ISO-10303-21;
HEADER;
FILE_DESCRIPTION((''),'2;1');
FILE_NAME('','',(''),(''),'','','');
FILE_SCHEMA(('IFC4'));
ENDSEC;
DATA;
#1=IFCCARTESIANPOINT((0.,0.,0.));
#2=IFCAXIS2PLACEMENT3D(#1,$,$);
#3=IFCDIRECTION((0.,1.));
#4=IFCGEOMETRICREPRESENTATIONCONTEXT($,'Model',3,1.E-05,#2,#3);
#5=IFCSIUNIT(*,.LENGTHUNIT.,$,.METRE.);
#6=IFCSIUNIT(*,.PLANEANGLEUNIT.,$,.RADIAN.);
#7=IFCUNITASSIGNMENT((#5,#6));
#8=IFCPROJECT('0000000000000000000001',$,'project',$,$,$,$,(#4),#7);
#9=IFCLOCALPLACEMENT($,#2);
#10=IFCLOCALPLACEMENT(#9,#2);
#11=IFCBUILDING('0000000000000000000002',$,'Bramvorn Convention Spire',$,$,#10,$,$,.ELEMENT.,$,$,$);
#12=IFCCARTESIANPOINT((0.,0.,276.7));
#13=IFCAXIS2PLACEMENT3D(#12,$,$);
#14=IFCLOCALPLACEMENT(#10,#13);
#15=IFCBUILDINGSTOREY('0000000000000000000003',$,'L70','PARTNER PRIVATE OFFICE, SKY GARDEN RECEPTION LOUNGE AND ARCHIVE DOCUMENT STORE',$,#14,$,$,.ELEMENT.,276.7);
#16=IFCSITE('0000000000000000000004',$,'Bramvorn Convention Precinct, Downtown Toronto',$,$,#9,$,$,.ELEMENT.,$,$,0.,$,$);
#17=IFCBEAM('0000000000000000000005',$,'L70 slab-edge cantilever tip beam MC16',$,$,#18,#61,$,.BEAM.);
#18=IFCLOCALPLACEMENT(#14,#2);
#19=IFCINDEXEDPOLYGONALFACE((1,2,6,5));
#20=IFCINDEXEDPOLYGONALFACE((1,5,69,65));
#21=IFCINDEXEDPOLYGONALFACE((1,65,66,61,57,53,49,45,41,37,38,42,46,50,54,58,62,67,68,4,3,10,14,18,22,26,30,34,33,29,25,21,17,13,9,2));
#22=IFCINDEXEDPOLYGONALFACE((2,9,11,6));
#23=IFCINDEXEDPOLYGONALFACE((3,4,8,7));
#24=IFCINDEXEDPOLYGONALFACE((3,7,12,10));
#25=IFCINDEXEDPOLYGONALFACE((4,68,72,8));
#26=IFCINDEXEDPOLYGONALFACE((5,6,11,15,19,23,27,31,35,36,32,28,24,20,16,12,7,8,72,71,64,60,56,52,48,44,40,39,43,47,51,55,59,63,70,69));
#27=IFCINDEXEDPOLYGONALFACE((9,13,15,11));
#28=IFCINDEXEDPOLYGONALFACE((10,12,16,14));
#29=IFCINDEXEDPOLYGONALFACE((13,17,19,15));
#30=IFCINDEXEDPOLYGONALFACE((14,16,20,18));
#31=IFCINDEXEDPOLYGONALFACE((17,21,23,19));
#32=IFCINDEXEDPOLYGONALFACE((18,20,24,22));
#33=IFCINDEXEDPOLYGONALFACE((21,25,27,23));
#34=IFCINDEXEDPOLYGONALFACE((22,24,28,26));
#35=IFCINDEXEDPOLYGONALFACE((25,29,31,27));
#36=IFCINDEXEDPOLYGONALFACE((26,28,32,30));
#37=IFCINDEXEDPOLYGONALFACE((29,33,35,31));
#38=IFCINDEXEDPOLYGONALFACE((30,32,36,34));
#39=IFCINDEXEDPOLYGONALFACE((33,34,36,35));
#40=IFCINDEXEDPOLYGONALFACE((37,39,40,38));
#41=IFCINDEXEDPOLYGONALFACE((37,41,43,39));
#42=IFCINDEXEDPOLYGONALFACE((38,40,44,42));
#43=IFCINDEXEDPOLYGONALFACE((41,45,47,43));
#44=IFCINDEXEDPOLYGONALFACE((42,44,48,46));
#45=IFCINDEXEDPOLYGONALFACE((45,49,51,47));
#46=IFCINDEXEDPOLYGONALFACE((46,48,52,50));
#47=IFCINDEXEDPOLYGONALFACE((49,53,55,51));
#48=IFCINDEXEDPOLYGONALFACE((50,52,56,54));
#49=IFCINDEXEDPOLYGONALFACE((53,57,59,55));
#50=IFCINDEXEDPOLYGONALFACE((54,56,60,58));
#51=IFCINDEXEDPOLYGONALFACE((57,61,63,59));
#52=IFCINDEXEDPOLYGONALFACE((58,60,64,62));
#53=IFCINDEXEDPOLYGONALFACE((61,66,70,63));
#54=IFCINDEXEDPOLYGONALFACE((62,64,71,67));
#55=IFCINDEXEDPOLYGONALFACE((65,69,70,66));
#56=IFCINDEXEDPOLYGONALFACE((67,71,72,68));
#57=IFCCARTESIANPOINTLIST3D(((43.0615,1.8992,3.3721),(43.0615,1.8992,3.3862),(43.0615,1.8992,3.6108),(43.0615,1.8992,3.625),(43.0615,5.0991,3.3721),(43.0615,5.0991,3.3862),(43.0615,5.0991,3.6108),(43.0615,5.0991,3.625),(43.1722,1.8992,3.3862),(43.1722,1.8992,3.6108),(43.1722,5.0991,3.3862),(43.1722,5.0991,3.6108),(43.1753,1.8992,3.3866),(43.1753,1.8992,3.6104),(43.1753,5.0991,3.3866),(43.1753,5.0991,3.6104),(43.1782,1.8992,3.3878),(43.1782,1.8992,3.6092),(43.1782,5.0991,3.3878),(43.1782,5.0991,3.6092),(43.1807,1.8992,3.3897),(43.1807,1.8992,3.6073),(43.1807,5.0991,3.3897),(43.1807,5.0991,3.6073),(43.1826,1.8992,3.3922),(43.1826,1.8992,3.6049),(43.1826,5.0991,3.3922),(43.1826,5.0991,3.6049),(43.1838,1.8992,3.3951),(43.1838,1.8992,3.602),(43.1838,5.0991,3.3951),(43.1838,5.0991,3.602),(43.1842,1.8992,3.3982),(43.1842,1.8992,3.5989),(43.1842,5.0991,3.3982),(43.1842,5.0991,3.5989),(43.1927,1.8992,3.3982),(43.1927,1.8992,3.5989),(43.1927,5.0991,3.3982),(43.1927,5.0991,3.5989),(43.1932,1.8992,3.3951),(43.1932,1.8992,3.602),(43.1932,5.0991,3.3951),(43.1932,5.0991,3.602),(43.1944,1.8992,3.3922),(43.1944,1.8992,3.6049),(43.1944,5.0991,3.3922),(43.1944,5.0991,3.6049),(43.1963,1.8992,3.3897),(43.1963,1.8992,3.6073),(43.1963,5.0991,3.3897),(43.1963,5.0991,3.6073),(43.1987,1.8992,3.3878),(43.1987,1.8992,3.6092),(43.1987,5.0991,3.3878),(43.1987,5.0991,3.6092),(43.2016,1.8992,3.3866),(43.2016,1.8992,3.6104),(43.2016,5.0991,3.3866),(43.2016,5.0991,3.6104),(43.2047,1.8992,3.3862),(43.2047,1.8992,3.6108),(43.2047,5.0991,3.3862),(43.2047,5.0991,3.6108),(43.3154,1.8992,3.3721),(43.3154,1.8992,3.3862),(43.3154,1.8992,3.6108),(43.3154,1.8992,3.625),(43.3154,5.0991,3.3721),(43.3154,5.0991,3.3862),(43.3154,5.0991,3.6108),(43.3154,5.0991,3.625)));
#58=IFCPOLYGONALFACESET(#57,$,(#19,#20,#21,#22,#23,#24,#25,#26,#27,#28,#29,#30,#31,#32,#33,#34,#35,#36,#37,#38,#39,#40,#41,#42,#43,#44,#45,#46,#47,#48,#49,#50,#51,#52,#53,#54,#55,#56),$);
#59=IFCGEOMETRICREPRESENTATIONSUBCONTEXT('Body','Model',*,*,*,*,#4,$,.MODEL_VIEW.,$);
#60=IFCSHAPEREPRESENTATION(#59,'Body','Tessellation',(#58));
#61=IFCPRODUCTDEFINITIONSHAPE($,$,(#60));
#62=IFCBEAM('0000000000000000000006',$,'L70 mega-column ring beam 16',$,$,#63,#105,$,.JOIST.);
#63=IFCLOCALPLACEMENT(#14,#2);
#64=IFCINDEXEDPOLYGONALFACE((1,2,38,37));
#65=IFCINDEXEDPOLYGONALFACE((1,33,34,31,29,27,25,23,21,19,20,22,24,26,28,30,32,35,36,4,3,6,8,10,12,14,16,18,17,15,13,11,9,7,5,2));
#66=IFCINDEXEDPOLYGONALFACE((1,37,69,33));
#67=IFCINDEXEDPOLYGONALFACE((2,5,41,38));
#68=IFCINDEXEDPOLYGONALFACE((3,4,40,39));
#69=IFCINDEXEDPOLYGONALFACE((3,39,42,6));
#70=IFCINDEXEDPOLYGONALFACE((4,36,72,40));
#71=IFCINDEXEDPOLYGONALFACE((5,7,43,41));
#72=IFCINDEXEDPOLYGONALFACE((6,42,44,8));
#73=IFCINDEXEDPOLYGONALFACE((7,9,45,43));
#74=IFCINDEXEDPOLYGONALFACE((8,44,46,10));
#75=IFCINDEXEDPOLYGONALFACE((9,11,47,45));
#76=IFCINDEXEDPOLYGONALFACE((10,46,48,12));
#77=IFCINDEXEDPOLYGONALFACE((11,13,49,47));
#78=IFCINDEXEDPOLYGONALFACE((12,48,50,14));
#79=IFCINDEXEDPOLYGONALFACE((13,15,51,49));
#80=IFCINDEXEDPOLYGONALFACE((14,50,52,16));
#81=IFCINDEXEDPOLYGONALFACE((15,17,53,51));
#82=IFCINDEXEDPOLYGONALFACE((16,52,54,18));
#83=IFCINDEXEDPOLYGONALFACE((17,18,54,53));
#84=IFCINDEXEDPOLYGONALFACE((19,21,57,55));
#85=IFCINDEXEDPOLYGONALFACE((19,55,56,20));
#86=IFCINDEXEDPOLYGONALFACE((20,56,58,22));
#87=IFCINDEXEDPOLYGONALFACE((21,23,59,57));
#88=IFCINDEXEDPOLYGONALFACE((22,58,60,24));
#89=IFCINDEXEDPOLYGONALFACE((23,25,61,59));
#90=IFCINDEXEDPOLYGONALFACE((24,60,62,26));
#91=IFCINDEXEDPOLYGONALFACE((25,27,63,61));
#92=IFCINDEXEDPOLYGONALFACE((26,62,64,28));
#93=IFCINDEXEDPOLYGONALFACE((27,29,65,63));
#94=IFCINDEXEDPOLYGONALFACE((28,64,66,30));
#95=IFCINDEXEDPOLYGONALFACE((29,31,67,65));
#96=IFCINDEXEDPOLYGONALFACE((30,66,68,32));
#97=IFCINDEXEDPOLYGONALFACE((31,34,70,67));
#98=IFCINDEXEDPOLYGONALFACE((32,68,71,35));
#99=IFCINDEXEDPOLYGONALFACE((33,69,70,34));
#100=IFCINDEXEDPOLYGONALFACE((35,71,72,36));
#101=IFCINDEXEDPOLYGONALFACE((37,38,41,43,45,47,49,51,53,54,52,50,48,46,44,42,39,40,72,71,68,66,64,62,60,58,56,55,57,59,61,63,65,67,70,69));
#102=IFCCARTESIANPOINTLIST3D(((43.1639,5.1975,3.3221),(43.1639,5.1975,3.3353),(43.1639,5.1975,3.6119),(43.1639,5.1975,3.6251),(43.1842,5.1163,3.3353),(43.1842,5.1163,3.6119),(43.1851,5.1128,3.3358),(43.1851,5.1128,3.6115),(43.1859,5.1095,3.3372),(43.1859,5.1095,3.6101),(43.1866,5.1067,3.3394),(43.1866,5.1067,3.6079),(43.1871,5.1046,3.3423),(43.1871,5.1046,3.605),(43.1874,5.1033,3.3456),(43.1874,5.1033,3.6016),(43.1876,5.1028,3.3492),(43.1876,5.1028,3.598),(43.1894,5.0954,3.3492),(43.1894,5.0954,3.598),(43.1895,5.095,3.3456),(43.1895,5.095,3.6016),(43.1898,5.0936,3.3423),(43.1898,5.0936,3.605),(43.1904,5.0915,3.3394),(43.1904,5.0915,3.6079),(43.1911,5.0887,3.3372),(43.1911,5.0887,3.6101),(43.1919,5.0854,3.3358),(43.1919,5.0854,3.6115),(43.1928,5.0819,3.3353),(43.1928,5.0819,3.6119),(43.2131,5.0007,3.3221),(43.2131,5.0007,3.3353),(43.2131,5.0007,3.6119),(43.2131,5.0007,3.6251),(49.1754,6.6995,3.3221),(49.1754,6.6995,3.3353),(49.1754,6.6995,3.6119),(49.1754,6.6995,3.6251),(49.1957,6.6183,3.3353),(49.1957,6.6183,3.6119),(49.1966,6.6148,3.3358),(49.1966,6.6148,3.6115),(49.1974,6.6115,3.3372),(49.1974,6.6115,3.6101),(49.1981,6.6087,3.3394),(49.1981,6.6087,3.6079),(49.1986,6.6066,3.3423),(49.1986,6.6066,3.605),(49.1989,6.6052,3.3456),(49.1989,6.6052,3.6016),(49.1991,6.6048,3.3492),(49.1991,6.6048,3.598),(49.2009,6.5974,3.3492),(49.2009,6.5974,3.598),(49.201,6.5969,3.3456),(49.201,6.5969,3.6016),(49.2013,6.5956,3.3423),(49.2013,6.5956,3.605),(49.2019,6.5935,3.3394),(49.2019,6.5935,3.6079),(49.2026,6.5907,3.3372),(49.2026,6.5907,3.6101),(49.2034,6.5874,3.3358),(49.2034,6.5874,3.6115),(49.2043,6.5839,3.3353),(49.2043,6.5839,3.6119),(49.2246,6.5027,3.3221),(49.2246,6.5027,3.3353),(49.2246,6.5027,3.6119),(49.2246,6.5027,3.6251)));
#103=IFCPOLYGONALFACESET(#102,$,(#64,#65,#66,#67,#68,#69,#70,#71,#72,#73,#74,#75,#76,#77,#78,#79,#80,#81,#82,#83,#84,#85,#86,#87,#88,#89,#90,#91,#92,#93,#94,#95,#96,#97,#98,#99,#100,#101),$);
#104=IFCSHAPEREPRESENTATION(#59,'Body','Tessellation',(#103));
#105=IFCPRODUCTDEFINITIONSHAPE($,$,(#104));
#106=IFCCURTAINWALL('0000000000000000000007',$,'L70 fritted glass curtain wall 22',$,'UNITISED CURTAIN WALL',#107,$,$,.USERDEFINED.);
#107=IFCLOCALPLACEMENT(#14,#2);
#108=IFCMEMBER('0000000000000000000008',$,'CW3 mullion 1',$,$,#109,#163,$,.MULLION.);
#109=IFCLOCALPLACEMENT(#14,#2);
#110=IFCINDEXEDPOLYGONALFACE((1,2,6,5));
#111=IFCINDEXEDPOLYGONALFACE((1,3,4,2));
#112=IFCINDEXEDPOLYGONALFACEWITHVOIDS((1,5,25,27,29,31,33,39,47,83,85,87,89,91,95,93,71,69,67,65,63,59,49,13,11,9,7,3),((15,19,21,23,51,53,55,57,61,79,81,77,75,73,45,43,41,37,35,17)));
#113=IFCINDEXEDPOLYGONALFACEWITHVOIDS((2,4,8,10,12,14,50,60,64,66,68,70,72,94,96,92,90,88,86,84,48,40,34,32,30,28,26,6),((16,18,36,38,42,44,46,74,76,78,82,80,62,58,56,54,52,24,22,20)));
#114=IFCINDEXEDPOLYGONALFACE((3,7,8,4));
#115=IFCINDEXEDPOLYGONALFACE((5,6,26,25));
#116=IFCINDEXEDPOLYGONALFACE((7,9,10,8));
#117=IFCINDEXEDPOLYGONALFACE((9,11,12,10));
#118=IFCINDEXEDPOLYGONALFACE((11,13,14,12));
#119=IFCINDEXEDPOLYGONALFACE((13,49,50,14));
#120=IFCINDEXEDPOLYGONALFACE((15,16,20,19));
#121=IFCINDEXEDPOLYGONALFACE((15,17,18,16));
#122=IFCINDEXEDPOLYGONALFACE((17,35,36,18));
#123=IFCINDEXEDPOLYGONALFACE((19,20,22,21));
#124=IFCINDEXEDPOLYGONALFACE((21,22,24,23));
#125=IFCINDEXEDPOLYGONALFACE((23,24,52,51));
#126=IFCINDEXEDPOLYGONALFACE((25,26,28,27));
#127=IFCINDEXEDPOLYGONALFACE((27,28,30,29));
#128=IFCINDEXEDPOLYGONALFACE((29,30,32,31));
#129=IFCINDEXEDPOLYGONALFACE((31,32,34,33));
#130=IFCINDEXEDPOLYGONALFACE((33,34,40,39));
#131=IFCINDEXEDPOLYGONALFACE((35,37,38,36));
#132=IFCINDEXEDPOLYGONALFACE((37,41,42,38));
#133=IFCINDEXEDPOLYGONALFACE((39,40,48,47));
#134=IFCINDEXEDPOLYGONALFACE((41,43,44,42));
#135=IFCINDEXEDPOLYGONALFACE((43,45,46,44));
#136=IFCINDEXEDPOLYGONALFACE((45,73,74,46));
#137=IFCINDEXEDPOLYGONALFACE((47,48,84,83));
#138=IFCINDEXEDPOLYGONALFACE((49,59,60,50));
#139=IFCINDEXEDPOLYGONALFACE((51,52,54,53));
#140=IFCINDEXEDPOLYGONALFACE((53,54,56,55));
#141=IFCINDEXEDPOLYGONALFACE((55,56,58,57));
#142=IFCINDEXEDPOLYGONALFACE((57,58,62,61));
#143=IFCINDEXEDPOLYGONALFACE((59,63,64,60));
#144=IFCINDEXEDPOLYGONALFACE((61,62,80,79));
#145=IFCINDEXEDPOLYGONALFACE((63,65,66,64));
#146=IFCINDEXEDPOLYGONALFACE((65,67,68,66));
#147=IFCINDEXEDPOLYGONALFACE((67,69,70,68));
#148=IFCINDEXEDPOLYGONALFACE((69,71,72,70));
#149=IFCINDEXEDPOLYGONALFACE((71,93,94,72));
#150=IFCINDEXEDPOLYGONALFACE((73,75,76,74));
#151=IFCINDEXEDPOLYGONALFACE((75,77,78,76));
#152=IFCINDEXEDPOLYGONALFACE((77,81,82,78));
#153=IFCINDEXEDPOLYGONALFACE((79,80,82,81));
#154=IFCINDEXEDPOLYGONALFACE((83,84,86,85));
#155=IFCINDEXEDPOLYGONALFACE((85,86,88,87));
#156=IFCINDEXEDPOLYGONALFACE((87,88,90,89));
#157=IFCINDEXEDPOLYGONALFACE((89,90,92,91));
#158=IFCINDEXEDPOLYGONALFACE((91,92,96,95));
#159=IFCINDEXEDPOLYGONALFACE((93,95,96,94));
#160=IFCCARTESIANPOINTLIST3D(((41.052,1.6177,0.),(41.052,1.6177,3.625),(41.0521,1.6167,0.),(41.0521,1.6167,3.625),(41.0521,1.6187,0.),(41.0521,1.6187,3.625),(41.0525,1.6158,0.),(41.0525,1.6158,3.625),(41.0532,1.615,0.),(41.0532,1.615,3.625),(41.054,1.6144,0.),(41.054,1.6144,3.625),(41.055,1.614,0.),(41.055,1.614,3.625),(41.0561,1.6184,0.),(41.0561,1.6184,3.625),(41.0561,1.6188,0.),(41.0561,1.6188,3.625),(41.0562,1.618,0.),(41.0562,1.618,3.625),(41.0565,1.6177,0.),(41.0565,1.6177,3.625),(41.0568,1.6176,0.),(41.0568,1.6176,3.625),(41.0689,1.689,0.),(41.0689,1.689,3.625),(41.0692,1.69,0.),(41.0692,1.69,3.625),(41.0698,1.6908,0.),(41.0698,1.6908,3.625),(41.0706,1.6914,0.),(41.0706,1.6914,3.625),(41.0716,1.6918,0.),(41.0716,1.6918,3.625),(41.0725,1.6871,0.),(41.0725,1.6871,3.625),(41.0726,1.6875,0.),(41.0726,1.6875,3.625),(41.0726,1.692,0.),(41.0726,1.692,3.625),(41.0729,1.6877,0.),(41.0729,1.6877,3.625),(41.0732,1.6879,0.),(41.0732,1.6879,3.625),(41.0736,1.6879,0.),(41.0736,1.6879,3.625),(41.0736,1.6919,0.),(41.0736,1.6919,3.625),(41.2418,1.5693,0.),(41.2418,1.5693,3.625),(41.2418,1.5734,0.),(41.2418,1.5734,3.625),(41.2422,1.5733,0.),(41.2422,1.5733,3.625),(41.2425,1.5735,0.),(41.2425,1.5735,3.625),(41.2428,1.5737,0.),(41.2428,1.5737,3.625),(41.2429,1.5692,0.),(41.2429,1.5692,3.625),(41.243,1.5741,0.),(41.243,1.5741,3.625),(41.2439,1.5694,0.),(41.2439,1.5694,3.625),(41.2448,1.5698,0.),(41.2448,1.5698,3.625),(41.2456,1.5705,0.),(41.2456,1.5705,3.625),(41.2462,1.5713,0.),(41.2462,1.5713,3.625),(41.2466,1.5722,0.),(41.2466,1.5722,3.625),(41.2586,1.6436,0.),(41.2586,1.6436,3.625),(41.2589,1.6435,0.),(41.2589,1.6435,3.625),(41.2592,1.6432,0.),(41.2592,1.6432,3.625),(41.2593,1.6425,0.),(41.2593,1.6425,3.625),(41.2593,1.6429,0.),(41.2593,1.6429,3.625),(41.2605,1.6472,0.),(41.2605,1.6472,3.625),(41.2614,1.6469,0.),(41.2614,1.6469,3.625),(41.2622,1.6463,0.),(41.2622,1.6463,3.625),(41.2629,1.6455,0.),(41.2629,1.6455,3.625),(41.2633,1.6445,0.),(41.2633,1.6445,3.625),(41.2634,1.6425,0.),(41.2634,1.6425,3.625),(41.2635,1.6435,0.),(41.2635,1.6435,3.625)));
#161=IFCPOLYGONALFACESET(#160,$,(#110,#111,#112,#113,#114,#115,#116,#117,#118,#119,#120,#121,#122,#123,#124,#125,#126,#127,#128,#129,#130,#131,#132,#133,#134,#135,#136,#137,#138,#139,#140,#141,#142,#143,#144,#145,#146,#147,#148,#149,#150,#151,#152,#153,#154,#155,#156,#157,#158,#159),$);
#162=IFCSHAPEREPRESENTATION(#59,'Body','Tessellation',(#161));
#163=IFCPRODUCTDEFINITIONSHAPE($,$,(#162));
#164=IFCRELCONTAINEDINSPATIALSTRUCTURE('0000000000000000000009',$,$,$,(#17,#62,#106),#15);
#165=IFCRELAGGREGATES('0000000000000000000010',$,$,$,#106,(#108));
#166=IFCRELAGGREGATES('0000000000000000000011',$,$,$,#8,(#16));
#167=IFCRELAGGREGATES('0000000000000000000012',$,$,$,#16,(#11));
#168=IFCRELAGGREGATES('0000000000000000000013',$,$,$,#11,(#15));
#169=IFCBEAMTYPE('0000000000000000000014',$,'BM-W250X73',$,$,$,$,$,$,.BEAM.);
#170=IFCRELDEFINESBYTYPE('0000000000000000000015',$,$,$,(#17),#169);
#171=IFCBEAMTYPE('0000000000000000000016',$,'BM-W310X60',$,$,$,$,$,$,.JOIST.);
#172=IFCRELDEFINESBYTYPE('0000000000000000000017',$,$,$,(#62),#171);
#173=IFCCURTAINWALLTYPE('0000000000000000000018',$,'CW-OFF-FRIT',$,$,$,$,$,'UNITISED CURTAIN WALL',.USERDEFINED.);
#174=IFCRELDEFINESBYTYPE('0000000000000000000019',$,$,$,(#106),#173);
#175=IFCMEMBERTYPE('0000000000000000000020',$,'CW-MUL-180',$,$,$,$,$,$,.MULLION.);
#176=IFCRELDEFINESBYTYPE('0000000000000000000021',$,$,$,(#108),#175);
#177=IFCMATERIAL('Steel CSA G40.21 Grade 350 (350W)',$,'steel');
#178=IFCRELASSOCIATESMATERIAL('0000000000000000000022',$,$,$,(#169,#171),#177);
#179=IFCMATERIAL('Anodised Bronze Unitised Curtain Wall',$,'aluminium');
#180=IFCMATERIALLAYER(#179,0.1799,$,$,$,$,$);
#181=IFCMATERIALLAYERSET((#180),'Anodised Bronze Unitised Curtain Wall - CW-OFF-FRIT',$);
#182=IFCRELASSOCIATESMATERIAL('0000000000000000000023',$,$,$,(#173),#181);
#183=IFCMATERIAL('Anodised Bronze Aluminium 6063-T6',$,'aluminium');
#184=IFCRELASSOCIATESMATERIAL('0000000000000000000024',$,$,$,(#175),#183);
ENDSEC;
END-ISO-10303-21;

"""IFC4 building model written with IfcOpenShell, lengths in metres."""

from ifc_helpers import new_model, si_unit, direction, frame, origin, origin_2d, place, context, subcontext, project, spatial, hollow_rectangle, i_section, extrude, material, layer, layer_set, material_profile, profile_set, type_object, element, aggregate, save


model = new_model("IFC4")

# Units and contexts
model_context = context("Model", 3, precision=1e-05, world=origin(), true_north=direction((0.0, 1.0)))
body_context = subcontext(model_context, "Body", "Model", "MODEL_VIEW")
ifc_project = project(units=[si_unit("LENGTHUNIT", "METRE"), si_unit("PLANEANGLEUNIT", "RADIAN")], contexts=[model_context])

# Site, building, storey
site_placement = place(None, origin())
site = spatial("IfcSite", under=ifc_project, at=site_placement, Name="Bramvorn Convention Precinct, Downtown Toronto", CompositionType="ELEMENT", RefElevation=0.0)
building_placement = place(site_placement, origin())
building = spatial("IfcBuilding", under=site, at=building_placement, Name="Bramvorn Convention Spire", CompositionType="ELEMENT")
storey_placement = place(building_placement, frame((0.0, 0.0, 276.7)))
storey = spatial("IfcBuildingStorey", under=building, at=storey_placement, Name="L70", Description="PARTNER PRIVATE OFFICE, SKY GARDEN RECEPTION LOUNGE AND ARCHIVE DOCUMENT STORE", CompositionType="ELEMENT", Elevation=276.7)

# Shared definitions
ifc_material_1 = material(Name="Steel CSA G40.21 Grade 350 (350W)", Category="steel")

# Beams
ifc_material_profile_1 = material_profile(ifc_material_1, i_section(OverallWidth=0.2539, OverallDepth=0.2529, WebThickness=0.0085, FlangeThickness=0.0142, FilletRadius=0.012, at=origin_2d()))
ifc_profile_set_1 = profile_set([ifc_material_profile_1], Name="Steel CSA G40.21 Grade 350 (350W) - W250X73")
beam_type_1 = type_object("IfcBeamType", Name="BM-W250X73", PredefinedType="BEAM", material=ifc_profile_set_1)
beam_1_placement = place(storey_placement, frame((43.1885, 5.0991, 3.4985), z_axis=(0.0, -1.0, 0.0), x_axis=(1.0, 0.0, 0.0)))
element("IfcBeam", 1, at=beam_1_placement, inside=storey, type_object=beam_type_1, Name="L70 slab-edge cantilever tip beam MC16", PredefinedType="BEAM", context=body_context, shape_type="SweptSolid", body=[
    extrude(i_section(OverallWidth=0.2539, OverallDepth=0.2529, WebThickness=0.0085, FlangeThickness=0.0142, FilletRadius=0.012, at=origin_2d()), origin(), (0.0, 0.0, 1.0), 3.2),
])
ifc_material_profile_2 = material_profile(ifc_material_1, i_section(OverallWidth=0.2029, OverallDepth=0.303, WebThickness=0.0076, FlangeThickness=0.0132, FilletRadius=0.0139, at=origin_2d()))
ifc_profile_set_2 = profile_set([ifc_material_profile_2], Name="Steel CSA G40.21 Grade 350 (350W) - W310X60")
beam_type_2 = type_object("IfcBeamType", Name="BM-W310X60", PredefinedType="JOIST", material=ifc_profile_set_2)
beam_2_placement = place(storey_placement, frame((43.1885, 5.0991, 3.4736), z_axis=(0.970177, 0.242397, 0.0), x_axis=(-0.242397, 0.970177, 0.0)))
element("IfcBeam", 2, at=beam_2_placement, inside=storey, type_object=beam_type_2, Name="L70 mega-column ring beam 16", PredefinedType="JOIST", context=body_context, shape_type="SweptSolid", body=[
    extrude(i_section(OverallWidth=0.2029, OverallDepth=0.303, WebThickness=0.0076, FlangeThickness=0.0132, FilletRadius=0.0139, at=origin_2d()), origin(), (0.0, 0.0, 1.0), 6.1963),
])

# Curtain wall, member
ifc_material_2 = material(Name="Anodised Bronze Unitised Curtain Wall", Category="aluminium")
ifc_layer_1 = layer(ifc_material_2, 0.1799)
ifc_layer_set_1 = layer_set([ifc_layer_1], Name="Anodised Bronze Unitised Curtain Wall - CW-OFF-FRIT")
curtain_wall_type_1 = type_object("IfcCurtainWallType", Name="CW-OFF-FRIT", ElementType="UNITISED CURTAIN WALL", PredefinedType="USERDEFINED", material=ifc_layer_set_1)
curtain_wall_1_placement = place(storey_placement, origin())
curtain_wall_1 = element("IfcCurtainWall", 3, at=curtain_wall_1_placement, inside=storey, type_object=curtain_wall_type_1, Name="L70 fritted glass curtain wall 22", ObjectType="UNITISED CURTAIN WALL", PredefinedType="USERDEFINED")
ifc_material_3 = material(Name="Anodised Bronze Aluminium 6063-T6", Category="aluminium")
ifc_material_profile_3 = material_profile(ifc_material_3, hollow_rectangle(XDim=0.0801, YDim=0.2, WallThickness=0.0039, InnerFilletRadius=0.001, OuterFilletRadius=0.0039, at=origin_2d()))
ifc_profile_set_3 = profile_set([ifc_material_profile_3], Name="Anodised Bronze Aluminium 6063-T6 - CWM80X200")
member_type_1 = type_object("IfcMemberType", Name="CW-MUL-180", PredefinedType="MULLION", material=ifc_profile_set_3)
member_1_placement = place(storey_placement, frame((41.1577, 1.6306, 0.0), z_axis=(0.0, 0.0, 1.0), x_axis=(-0.232493, -0.972598, 0.0)))
member_1 = element("IfcMember", 4, at=member_1_placement, type_object=member_type_1, Name="CW3 mullion 1", PredefinedType="MULLION", context=body_context, shape_type="SweptSolid", body=[
    extrude(hollow_rectangle(XDim=0.0801, YDim=0.2, WallThickness=0.0039, InnerFilletRadius=0.001, OuterFilletRadius=0.0039, at=origin_2d()), origin(), (0.0, 0.0, 1.0), 3.625),
])

aggregate(curtain_wall_1, [member_1])

save(model, "model.ifc")
